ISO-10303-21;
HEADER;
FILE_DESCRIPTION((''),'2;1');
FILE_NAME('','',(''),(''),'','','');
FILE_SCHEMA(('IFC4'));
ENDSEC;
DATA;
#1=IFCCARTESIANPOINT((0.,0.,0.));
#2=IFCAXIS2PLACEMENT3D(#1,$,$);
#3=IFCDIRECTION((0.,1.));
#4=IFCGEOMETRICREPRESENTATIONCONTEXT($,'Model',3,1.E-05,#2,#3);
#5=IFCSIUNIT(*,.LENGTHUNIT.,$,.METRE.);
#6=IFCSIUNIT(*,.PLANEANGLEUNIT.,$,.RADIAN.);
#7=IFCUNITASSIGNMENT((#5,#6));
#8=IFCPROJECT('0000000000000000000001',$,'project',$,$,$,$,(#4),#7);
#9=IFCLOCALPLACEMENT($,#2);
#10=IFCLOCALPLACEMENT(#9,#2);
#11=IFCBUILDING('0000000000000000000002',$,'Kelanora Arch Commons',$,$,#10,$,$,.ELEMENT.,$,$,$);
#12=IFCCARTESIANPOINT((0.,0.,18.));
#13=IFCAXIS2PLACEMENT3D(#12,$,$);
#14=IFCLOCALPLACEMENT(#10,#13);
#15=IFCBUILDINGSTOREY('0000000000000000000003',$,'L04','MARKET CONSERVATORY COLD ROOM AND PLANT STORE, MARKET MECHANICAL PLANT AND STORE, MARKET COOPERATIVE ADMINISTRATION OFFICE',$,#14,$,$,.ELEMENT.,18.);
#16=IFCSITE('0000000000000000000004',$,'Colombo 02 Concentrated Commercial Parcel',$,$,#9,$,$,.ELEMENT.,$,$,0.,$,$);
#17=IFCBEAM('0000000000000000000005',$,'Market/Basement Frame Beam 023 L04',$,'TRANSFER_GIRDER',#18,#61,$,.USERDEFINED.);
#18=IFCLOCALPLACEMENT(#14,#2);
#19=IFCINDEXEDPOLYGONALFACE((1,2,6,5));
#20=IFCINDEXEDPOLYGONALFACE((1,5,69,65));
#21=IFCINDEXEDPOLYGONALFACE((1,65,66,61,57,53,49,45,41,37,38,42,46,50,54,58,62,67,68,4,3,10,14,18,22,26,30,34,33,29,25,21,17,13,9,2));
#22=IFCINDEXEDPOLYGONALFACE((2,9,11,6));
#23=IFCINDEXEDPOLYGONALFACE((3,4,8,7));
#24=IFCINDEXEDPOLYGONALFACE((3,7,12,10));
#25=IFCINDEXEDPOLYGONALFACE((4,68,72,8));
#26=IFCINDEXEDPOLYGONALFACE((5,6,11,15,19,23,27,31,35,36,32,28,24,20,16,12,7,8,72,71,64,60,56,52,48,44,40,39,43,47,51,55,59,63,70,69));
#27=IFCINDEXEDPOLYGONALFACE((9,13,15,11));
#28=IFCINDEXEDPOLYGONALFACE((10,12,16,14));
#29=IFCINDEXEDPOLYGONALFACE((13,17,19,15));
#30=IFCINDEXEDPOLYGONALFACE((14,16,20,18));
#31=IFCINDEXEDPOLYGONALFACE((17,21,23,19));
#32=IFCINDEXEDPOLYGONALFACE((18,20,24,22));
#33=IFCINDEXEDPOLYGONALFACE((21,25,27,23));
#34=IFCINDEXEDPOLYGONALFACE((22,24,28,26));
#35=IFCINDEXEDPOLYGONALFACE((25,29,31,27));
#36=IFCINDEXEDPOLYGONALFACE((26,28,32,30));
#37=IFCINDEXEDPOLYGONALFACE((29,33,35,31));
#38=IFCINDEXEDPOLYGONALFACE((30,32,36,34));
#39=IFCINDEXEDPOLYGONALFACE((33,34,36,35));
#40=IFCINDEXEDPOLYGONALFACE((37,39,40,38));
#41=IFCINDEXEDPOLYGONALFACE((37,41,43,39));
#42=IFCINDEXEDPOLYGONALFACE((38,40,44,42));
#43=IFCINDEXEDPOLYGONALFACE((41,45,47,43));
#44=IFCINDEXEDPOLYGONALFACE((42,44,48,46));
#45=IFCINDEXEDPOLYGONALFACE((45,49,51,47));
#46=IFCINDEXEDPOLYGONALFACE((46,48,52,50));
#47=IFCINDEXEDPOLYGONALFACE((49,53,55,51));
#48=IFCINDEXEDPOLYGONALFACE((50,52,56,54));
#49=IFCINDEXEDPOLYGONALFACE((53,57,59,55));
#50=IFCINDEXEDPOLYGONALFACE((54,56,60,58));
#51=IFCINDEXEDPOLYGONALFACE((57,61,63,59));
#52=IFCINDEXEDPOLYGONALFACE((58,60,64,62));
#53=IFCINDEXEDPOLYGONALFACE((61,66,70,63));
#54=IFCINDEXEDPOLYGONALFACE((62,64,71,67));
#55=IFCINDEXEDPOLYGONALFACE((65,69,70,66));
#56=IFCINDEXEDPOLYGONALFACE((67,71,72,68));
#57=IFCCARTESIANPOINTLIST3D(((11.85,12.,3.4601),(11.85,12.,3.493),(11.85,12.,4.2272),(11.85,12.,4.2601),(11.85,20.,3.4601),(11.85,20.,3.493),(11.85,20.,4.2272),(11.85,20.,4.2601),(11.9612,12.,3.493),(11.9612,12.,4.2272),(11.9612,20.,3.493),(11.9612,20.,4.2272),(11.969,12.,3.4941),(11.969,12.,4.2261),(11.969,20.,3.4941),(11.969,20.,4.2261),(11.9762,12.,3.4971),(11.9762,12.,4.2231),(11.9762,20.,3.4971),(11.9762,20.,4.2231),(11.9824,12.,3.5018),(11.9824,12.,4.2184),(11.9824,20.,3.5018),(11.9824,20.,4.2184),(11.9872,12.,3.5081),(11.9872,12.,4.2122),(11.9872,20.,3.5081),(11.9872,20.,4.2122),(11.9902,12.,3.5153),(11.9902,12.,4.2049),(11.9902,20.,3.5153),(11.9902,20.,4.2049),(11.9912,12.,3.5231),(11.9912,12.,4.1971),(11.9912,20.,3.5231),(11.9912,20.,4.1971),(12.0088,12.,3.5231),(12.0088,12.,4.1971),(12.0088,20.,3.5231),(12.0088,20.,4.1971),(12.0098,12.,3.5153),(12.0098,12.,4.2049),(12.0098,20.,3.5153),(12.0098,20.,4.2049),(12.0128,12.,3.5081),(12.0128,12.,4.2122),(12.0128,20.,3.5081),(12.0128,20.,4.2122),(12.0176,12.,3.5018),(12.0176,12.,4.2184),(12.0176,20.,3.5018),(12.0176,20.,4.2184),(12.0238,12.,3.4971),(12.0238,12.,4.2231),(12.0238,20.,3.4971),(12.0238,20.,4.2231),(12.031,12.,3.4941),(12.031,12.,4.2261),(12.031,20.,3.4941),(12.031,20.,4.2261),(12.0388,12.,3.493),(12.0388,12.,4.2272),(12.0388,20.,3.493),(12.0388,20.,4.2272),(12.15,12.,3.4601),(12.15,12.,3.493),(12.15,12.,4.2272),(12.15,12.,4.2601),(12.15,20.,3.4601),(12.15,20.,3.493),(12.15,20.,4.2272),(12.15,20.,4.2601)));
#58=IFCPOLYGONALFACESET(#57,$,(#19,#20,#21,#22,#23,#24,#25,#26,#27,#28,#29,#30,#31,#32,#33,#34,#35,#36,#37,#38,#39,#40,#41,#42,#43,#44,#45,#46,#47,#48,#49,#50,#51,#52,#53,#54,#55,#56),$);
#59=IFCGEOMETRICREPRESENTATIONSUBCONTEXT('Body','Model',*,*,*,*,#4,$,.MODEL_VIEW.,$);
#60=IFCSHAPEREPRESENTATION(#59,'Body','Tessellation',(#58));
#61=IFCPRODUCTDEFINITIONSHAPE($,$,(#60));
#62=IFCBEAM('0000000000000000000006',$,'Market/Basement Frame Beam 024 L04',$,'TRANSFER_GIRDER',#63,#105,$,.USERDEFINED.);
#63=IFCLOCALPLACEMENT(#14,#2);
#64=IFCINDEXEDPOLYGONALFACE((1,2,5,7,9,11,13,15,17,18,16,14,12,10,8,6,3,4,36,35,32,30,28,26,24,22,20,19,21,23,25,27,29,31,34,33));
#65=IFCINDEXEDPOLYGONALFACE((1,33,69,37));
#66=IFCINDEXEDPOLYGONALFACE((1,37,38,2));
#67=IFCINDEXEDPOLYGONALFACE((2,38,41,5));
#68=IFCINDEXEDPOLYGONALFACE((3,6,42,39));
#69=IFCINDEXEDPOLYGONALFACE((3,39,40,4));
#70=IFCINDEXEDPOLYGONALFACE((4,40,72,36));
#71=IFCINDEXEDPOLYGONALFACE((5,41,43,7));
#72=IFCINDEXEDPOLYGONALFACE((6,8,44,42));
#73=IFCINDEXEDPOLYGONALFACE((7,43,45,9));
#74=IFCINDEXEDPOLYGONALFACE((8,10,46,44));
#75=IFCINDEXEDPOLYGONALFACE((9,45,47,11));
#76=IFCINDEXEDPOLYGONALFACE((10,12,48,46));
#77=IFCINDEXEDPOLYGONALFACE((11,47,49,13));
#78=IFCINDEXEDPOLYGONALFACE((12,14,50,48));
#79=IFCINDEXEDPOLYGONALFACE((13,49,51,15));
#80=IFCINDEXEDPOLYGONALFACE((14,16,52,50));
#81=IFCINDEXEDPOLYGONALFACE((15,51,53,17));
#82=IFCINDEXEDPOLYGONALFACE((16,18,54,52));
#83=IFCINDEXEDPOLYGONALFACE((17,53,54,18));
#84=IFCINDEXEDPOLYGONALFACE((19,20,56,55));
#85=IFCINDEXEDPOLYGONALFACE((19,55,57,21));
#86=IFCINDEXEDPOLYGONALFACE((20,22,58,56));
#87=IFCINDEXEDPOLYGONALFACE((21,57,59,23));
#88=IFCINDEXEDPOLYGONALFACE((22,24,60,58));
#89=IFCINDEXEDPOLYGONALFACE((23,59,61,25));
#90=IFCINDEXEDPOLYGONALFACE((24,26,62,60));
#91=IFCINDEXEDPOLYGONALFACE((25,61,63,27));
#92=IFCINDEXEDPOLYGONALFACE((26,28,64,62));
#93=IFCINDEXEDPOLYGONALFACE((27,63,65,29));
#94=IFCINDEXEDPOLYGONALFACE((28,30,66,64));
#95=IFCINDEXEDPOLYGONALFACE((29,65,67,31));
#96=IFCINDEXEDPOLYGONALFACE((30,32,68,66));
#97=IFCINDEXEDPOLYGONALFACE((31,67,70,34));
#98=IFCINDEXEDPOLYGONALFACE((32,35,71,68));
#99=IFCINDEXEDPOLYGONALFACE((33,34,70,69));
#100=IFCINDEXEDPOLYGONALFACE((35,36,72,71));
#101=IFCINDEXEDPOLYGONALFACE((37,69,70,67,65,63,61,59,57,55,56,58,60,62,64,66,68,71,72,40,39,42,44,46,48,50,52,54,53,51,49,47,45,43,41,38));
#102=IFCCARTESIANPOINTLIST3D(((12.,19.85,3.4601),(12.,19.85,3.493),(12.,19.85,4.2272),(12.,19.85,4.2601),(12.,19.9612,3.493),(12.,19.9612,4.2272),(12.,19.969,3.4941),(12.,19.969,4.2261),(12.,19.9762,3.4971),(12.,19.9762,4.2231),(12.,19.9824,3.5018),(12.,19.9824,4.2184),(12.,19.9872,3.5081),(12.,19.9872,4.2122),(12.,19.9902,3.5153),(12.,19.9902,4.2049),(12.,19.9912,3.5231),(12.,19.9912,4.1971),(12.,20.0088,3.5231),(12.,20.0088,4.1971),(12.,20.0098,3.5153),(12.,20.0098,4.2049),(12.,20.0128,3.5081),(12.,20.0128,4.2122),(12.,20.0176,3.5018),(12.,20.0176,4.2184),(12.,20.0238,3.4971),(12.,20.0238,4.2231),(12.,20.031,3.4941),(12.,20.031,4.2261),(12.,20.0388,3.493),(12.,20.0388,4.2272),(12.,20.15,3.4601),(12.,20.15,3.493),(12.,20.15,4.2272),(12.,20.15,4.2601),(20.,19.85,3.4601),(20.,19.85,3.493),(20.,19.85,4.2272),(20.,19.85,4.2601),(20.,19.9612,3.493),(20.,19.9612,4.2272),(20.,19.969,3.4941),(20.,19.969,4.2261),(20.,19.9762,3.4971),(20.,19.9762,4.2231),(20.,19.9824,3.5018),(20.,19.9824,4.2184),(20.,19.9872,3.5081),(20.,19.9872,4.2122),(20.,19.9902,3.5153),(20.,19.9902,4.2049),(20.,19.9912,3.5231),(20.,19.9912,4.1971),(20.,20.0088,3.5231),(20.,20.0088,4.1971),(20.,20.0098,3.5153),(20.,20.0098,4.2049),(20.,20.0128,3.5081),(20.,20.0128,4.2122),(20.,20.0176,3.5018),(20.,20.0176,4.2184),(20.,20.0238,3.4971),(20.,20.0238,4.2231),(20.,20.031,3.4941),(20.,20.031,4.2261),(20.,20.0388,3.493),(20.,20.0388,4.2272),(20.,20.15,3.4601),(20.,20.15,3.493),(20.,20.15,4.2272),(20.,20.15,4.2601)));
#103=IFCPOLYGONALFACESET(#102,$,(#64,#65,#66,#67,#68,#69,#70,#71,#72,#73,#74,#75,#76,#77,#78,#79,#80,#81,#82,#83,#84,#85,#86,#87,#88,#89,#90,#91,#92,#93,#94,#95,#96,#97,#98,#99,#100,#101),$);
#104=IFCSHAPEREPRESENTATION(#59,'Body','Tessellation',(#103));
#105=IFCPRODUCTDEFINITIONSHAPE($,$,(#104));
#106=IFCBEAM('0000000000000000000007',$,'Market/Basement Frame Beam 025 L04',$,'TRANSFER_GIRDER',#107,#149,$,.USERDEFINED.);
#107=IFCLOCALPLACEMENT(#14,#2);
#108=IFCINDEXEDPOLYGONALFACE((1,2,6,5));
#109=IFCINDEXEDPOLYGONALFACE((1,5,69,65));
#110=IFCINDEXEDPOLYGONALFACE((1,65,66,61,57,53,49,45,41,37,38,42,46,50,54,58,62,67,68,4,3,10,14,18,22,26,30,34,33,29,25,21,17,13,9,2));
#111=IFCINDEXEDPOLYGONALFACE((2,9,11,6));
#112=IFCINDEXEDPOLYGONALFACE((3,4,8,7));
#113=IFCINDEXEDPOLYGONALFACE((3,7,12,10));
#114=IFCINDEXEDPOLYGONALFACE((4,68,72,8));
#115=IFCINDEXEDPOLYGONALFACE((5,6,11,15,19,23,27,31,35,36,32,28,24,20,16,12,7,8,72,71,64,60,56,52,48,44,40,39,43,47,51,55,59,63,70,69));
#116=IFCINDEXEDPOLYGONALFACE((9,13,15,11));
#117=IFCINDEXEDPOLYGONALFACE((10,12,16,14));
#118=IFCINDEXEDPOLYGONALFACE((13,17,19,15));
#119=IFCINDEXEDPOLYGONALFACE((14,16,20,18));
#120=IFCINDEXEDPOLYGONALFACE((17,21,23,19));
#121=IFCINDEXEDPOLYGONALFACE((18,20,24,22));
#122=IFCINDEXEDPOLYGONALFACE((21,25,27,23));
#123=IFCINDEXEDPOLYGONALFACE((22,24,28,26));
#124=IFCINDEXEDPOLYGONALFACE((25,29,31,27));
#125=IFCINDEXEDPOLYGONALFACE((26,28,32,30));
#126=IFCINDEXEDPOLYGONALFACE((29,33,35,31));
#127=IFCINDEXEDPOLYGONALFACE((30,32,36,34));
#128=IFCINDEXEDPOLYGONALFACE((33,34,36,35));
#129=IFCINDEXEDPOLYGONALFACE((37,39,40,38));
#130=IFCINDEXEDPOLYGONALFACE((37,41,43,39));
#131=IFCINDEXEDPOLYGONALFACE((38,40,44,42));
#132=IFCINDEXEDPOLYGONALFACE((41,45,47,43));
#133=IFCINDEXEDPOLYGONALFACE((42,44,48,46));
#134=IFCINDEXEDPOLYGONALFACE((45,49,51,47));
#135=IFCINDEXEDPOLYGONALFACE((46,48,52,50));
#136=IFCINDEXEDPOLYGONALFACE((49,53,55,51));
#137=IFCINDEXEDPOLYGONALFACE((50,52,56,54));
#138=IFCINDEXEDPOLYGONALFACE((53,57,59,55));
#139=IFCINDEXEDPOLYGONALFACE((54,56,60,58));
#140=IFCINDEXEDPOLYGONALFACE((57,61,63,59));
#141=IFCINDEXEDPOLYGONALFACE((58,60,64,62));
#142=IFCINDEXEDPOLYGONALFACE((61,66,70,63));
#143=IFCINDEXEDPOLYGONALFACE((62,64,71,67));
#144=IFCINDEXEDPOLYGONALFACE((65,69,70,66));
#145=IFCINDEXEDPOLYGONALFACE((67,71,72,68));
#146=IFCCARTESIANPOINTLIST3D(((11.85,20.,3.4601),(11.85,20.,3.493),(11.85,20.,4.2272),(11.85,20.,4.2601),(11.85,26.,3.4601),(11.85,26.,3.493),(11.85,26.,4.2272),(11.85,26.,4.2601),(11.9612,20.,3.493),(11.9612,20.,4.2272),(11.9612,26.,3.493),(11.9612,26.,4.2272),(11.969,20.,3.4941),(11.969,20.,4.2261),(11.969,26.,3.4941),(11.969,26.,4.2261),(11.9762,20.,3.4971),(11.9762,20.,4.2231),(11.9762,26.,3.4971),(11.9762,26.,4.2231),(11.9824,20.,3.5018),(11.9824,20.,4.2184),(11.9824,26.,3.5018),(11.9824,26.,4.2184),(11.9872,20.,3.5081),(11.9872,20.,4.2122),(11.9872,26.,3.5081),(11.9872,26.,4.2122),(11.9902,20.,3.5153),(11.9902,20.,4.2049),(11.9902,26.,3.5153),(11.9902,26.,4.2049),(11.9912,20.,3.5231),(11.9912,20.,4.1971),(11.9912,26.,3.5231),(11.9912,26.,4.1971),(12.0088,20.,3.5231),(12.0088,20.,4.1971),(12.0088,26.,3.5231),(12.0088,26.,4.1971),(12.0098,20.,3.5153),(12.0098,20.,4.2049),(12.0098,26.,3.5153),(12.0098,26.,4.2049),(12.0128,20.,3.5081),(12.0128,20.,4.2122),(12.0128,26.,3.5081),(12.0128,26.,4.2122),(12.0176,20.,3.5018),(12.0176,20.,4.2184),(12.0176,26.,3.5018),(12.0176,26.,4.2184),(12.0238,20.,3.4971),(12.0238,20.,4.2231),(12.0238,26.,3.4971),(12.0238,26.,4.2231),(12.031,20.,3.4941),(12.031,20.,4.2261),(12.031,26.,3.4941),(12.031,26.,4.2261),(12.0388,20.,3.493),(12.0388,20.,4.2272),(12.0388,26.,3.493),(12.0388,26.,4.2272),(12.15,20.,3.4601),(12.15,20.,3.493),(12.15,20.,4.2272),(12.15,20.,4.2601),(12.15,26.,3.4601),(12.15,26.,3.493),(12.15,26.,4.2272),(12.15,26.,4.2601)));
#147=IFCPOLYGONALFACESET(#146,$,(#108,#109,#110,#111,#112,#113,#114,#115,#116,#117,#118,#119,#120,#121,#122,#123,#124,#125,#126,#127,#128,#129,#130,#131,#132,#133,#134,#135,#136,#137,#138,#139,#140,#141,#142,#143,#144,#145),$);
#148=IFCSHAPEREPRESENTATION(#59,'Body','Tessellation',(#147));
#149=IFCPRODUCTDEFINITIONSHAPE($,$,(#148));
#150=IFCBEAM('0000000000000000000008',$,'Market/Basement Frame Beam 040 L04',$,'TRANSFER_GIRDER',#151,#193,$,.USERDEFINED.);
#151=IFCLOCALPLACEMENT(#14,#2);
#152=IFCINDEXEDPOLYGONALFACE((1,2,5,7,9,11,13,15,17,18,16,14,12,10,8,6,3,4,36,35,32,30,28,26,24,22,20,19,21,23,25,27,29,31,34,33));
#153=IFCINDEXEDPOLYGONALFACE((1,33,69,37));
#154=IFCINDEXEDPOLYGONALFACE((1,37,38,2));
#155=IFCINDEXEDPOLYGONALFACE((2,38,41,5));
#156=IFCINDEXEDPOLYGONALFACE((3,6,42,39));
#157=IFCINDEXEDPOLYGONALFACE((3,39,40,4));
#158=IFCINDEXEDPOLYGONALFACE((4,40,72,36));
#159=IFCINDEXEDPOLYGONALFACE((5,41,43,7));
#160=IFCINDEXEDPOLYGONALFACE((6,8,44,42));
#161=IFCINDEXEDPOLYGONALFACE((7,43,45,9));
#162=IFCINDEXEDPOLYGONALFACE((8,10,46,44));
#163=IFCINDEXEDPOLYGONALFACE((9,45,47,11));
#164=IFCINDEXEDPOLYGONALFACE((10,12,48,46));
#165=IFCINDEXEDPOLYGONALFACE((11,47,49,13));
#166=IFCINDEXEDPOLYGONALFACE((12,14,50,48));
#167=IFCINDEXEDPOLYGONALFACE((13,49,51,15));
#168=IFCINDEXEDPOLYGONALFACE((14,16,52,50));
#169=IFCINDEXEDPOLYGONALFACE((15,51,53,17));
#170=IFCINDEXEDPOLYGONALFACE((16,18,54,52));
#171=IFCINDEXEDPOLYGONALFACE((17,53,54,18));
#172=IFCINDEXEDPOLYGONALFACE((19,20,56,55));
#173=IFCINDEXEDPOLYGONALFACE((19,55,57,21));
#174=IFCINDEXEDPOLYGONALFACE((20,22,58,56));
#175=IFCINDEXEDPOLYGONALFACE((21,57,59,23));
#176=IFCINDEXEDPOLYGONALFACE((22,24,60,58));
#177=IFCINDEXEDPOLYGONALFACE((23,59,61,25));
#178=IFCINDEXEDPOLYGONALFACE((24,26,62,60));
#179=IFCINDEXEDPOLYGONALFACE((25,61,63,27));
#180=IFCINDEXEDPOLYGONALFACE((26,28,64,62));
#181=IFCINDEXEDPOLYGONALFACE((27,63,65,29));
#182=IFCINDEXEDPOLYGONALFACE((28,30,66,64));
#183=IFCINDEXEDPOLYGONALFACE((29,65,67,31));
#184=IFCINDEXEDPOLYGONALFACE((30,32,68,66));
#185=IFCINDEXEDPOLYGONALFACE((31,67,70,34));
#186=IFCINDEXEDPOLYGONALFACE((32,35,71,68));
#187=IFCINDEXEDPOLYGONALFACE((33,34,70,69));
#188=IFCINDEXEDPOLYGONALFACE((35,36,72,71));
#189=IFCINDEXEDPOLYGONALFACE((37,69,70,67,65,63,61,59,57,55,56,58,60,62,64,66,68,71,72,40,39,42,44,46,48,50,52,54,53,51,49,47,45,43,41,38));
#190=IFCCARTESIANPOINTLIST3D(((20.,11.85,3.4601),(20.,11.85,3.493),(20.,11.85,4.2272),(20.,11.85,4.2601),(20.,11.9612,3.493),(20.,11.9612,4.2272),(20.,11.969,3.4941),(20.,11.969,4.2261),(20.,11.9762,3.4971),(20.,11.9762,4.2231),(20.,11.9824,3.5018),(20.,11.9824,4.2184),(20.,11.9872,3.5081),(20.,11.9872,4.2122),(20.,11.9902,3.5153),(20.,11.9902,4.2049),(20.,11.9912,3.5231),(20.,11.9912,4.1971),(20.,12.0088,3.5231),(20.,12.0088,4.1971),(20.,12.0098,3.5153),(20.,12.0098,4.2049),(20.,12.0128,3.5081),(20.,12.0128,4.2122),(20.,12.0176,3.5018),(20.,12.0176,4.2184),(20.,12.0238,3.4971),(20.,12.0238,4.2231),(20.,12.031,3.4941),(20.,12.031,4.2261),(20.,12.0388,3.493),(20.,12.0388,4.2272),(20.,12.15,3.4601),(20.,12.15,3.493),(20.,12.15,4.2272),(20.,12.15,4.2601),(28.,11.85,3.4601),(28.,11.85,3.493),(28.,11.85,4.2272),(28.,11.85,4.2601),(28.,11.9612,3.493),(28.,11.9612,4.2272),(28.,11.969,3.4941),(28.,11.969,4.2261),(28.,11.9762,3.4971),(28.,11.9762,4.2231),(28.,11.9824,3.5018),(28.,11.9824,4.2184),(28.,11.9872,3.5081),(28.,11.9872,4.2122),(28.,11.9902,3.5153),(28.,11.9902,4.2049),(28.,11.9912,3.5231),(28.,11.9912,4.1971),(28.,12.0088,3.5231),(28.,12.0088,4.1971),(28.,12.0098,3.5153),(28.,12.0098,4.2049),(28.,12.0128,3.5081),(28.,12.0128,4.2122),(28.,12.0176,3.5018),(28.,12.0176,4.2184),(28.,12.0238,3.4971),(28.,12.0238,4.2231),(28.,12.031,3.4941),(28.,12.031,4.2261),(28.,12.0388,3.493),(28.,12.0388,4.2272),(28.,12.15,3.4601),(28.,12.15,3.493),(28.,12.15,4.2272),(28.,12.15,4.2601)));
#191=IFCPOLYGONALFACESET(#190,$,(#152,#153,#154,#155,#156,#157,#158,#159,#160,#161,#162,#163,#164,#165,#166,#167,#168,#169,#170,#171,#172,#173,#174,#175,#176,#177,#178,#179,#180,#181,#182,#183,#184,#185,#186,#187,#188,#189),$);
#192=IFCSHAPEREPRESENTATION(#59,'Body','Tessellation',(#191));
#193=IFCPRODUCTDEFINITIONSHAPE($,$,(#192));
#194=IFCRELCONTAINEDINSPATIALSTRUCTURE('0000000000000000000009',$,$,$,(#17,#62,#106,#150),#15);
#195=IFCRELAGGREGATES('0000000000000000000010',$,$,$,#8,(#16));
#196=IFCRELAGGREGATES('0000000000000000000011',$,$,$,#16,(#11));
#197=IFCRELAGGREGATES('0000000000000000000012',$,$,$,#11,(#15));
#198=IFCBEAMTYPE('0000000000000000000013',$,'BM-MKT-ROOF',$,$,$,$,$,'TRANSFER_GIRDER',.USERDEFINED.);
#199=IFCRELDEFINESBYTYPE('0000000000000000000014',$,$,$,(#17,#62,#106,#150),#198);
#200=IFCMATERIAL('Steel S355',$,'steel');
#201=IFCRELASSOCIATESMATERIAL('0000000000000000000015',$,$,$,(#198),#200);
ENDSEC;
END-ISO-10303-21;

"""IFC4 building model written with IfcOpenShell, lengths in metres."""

from ifc_helpers import new_model, si_unit, direction, frame, origin, origin_2d, place, context, subcontext, project, spatial, i_section, extrude, material, material_profile, profile_set, type_object, element, save


model = new_model("IFC4")

# Units and contexts
model_context = context("Model", 3, precision=1e-05, world=origin(), true_north=direction((0.0, 1.0)))
body_context = subcontext(model_context, "Body", "Model", "MODEL_VIEW")
ifc_project = project(units=[si_unit("LENGTHUNIT", "METRE"), si_unit("PLANEANGLEUNIT", "RADIAN")], contexts=[model_context])

# Site, building, storey
site_placement = place(None, origin())
site = spatial("IfcSite", under=ifc_project, at=site_placement, Name="Colombo 02 Concentrated Commercial Parcel", CompositionType="ELEMENT", RefElevation=0.0)
building_placement = place(site_placement, origin())
building = spatial("IfcBuilding", under=site, at=building_placement, Name="Kelanora Arch Commons", CompositionType="ELEMENT")
storey_placement = place(building_placement, frame((0.0, 0.0, 18.0)))
storey = spatial("IfcBuildingStorey", under=building, at=storey_placement, Name="L04", Description="MARKET CONSERVATORY COLD ROOM AND PLANT STORE, MARKET MECHANICAL PLANT AND STORE, MARKET COOPERATIVE ADMINISTRATION OFFICE", CompositionType="ELEMENT", Elevation=18.0)

# Beams
ifc_material_1 = material(Name="Steel S355", Category="steel")
ifc_material_profile_1 = material_profile(ifc_material_1, i_section(OverallWidth=0.3, OverallDepth=0.8, WebThickness=0.0176, FlangeThickness=0.033, FilletRadius=0.03, at=origin_2d()), Name="HEB800")
ifc_profile_set_1 = profile_set([ifc_material_profile_1], Name="Steel S355")
beam_type = type_object("IfcBeamType", Name="BM-MKT-ROOF", ElementType="TRANSFER_GIRDER", PredefinedType="USERDEFINED", material=ifc_profile_set_1)
for number, where, z_axis, x_axis, name in (
    (1, (12.0, 12.0, 3.8601), (0.0, 1.0, 0.0), (-1.0, 0.0, 0.0), "Market/Basement Frame Beam 023 L04"),
    (2, (12.0, 20.0, 3.8601), (1.0, 0.0, 0.0), (0.0, 1.0, 0.0), "Market/Basement Frame Beam 024 L04"),
):
    element("IfcBeam", number, at=place(storey_placement, frame(where, z_axis=z_axis, x_axis=x_axis)), inside=storey, type_object=beam_type, Name=name, ObjectType="TRANSFER_GIRDER", PredefinedType="USERDEFINED", context=body_context, shape_type="SweptSolid", body=[
        extrude(i_section(OverallWidth=0.3, OverallDepth=0.8, WebThickness=0.0176, FlangeThickness=0.033, FilletRadius=0.03, at=origin_2d()), origin(), (0.0, 0.0, 1.0), 8.0),
    ])
beam_1_placement = place(storey_placement, frame((12.0, 20.0, 3.8601), z_axis=(0.0, 1.0, 0.0), x_axis=(-1.0, 0.0, 0.0)))
element("IfcBeam", 3, at=beam_1_placement, inside=storey, type_object=beam_type, Name="Market/Basement Frame Beam 025 L04", ObjectType="TRANSFER_GIRDER", PredefinedType="USERDEFINED", context=body_context, shape_type="SweptSolid", body=[
    extrude(i_section(OverallWidth=0.3, OverallDepth=0.8, WebThickness=0.0176, FlangeThickness=0.033, FilletRadius=0.03, at=origin_2d()), origin(), (0.0, 0.0, 1.0), 6.0),
])
for number, where, z_axis, x_axis, name in (
    (4, (20.0, 12.0, 3.8601), (1.0, 0.0, 0.0), (0.0, 1.0, 0.0), "Market/Basement Frame Beam 040 L04"),
):
    element("IfcBeam", number, at=place(storey_placement, frame(where, z_axis=z_axis, x_axis=x_axis)), inside=storey, type_object=beam_type, Name=name, ObjectType="TRANSFER_GIRDER", PredefinedType="USERDEFINED", context=body_context, shape_type="SweptSolid", body=[
        extrude(i_section(OverallWidth=0.3, OverallDepth=0.8, WebThickness=0.0176, FlangeThickness=0.033, FilletRadius=0.03, at=origin_2d()), origin(), (0.0, 0.0, 1.0), 8.0),
    ])

save(model, "model.ifc")
